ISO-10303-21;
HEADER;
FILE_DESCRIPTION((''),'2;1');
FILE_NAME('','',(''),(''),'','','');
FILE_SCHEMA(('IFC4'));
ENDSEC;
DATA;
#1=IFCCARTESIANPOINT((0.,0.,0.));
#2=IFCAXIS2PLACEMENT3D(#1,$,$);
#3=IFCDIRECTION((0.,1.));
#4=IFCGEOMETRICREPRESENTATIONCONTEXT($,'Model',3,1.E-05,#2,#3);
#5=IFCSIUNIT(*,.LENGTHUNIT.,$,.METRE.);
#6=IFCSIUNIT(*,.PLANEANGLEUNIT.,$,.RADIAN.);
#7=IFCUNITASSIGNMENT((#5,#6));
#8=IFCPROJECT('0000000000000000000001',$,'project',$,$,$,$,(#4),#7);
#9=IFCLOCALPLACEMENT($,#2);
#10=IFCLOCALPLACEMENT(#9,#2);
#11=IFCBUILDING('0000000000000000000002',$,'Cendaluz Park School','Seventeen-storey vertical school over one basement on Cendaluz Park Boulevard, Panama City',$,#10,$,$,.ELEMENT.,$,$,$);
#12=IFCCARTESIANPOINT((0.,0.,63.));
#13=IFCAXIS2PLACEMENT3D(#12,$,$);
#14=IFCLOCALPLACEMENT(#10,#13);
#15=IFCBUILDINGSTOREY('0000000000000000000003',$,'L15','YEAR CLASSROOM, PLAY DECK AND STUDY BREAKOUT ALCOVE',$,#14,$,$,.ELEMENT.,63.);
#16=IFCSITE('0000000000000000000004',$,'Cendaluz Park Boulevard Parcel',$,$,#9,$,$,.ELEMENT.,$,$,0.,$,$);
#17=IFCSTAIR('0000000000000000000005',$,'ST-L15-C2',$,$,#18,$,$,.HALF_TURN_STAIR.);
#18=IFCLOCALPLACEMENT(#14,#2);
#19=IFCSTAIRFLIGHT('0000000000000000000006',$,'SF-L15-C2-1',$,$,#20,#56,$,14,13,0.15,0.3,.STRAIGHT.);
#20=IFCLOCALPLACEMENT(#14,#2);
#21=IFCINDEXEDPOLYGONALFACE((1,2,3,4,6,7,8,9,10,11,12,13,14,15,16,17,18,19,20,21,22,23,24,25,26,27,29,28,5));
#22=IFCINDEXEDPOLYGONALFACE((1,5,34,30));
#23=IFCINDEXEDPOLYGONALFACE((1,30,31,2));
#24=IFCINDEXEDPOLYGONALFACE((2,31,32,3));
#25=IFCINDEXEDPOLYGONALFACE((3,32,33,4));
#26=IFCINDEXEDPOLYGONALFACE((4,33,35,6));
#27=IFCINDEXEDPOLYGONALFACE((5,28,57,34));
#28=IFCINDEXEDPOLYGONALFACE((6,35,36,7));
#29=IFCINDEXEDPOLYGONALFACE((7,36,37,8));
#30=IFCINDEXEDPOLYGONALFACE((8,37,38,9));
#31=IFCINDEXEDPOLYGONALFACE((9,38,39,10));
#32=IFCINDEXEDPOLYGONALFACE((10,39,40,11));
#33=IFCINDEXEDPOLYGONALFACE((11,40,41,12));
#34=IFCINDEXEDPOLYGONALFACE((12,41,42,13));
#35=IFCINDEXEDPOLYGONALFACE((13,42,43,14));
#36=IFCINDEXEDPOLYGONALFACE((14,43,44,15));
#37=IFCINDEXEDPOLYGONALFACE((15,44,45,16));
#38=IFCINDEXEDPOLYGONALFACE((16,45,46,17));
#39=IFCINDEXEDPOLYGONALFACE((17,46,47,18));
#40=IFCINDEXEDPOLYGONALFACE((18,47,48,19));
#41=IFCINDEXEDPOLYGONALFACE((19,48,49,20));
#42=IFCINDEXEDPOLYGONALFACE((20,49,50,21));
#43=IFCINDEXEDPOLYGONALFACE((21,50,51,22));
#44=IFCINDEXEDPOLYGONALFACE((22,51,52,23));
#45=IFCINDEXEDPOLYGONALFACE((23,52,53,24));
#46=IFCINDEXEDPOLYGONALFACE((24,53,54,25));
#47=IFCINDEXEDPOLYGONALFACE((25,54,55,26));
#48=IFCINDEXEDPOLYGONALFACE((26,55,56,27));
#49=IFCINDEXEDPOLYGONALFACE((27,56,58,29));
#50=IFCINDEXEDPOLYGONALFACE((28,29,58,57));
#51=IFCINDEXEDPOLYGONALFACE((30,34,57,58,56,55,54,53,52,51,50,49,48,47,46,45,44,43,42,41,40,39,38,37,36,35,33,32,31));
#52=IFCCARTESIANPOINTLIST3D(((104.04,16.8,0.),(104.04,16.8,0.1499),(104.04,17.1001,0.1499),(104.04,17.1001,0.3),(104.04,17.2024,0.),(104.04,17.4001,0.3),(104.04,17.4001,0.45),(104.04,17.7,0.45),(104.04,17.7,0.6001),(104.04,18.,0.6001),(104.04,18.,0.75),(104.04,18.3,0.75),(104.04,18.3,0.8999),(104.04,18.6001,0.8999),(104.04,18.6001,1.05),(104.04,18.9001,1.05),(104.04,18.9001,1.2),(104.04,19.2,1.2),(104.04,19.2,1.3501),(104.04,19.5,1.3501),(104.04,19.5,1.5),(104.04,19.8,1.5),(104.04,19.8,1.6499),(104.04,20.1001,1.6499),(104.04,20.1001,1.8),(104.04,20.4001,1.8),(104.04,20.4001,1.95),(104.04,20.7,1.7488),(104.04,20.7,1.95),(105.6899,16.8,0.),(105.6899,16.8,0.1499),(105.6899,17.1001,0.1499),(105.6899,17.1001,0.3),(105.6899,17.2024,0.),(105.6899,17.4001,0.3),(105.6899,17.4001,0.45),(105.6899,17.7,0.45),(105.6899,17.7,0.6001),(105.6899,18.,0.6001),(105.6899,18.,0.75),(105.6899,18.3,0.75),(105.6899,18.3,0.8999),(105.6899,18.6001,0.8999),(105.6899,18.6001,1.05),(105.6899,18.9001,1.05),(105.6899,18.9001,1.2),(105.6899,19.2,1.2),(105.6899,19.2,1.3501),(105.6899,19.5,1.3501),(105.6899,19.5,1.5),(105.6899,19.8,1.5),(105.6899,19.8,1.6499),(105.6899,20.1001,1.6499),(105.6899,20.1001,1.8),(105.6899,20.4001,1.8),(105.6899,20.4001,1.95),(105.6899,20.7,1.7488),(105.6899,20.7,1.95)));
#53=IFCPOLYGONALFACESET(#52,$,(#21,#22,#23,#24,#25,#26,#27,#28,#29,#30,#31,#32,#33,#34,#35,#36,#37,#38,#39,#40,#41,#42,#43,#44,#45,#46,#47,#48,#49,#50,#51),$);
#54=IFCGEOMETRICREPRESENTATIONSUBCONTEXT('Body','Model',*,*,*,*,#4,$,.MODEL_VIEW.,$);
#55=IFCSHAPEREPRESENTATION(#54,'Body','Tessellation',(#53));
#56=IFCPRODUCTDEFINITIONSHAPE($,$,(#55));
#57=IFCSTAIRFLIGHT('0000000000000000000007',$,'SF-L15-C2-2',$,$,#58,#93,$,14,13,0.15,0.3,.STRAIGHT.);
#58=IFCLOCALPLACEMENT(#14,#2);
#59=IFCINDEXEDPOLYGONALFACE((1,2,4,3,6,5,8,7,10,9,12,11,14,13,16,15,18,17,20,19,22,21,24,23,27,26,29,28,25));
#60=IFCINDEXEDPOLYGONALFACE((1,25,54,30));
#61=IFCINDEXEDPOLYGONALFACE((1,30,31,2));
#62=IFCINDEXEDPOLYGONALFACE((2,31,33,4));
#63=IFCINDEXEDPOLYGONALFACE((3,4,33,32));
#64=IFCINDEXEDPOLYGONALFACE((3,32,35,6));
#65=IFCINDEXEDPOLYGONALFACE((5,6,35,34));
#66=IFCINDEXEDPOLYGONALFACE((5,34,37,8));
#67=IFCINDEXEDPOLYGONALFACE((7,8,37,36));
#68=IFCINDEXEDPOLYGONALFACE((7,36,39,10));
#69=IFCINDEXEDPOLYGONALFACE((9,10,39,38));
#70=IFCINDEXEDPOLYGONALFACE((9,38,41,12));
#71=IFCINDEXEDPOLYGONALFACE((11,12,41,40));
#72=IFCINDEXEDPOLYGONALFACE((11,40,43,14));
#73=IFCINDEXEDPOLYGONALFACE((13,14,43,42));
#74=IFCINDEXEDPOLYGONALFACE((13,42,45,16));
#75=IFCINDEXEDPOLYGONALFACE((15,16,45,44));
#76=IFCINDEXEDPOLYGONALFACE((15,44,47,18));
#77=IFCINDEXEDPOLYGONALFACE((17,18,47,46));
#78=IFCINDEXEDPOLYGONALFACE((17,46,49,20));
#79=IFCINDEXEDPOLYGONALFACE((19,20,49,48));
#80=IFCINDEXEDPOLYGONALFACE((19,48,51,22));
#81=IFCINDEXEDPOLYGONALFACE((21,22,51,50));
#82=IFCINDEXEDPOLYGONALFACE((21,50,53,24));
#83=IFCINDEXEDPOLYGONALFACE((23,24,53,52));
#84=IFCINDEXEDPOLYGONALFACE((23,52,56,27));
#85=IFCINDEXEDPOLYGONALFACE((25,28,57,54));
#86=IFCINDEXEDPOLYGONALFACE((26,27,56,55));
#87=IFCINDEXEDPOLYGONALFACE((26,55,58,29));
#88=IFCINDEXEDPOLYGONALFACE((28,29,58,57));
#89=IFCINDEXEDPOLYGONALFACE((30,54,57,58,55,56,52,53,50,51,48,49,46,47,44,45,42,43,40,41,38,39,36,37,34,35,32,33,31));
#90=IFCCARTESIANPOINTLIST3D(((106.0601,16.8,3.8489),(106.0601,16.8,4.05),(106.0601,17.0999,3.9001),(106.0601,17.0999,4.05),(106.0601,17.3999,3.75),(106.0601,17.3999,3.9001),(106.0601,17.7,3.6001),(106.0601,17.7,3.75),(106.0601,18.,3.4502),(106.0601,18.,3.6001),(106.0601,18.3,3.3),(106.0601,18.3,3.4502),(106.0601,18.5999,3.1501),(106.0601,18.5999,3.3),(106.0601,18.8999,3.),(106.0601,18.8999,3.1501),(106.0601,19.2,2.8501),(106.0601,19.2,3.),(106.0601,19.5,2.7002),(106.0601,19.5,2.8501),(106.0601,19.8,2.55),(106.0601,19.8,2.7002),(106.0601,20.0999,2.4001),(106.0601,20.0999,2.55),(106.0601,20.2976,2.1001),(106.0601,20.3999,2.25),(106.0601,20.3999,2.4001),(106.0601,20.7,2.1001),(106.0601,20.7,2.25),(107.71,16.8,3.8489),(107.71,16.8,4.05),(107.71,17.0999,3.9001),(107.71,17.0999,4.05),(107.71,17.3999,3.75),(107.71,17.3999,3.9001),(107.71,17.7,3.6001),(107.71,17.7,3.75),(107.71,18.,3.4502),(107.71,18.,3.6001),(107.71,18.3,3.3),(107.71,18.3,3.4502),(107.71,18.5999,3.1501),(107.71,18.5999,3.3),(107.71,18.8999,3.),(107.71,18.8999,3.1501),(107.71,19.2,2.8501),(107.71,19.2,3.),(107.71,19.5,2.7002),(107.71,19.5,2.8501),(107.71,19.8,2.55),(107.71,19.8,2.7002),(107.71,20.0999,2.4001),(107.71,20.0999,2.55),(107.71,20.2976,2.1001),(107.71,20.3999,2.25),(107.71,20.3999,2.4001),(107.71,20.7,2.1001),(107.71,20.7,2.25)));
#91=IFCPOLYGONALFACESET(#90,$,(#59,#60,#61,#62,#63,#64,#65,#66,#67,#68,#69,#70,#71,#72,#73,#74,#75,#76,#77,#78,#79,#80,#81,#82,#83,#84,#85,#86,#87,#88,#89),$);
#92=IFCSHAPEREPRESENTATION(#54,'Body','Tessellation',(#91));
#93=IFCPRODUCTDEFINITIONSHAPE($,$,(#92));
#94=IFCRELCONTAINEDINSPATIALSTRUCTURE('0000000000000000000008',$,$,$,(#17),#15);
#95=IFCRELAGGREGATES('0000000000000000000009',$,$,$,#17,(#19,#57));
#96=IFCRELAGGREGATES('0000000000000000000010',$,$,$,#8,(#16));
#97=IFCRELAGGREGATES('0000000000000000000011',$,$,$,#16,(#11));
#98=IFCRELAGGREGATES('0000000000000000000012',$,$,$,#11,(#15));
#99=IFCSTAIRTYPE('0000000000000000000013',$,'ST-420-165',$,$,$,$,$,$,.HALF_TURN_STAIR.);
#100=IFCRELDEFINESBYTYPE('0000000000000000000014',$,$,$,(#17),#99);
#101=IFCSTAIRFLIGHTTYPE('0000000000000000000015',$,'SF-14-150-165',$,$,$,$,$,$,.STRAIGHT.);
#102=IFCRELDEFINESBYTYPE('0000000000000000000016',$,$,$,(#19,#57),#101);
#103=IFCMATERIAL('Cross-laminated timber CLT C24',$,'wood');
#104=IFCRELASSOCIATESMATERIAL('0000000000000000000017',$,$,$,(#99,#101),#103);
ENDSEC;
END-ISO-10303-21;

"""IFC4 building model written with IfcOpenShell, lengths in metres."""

from ifc_helpers import new_model, si_unit, direction, frame, origin, place, context, subcontext, project, spatial, polyline, outline, extrude, material, type_object, element, aggregate, save


model = new_model("IFC4")

# Units and contexts
model_context = context("Model", 3, precision=1e-05, world=origin(), true_north=direction((0.0, 1.0)))
body_context = subcontext(model_context, "Body", "Model", "MODEL_VIEW")
ifc_project = project(units=[si_unit("LENGTHUNIT", "METRE"), si_unit("PLANEANGLEUNIT", "RADIAN")], contexts=[model_context])

# Site, building, storey
site_placement = place(None, origin())
site = spatial("IfcSite", under=ifc_project, at=site_placement, Name="Cendaluz Park Boulevard Parcel", CompositionType="ELEMENT", RefElevation=0.0)
building_placement = place(site_placement, origin())
building = spatial("IfcBuilding", under=site, at=building_placement, Name="Cendaluz Park School", Description="Seventeen-storey vertical school over one basement on Cendaluz Park Boulevard, Panama City", CompositionType="ELEMENT")
storey_placement = place(building_placement, frame((0.0, 0.0, 63.0)))
storey = spatial("IfcBuildingStorey", under=building, at=storey_placement, Name="L15", Description="YEAR CLASSROOM, PLAY DECK AND STUDY BREAKOUT ALCOVE", CompositionType="ELEMENT", Elevation=63.0)

# Stair, stair flights
ifc_material_1 = material(Name="Cross-laminated timber CLT C24", Category="wood")
stair_type = type_object("IfcStairType", Name="ST-420-165", PredefinedType="HALF_TURN_STAIR", material=ifc_material_1)
stair_placement = place(storey_placement, origin())
stair = element("IfcStair", 1, at=stair_placement, inside=storey, type_object=stair_type, Name="ST-L15-C2", PredefinedType="HALF_TURN_STAIR")
stair_flight_type = type_object("IfcStairFlightType", Name="SF-14-150-165", PredefinedType="STRAIGHT", material=ifc_material_1)
stair_flight_1_placement = place(storey_placement, frame((104.865, 16.8, 0.0), z_axis=(0.0, 0.0, 1.0), x_axis=(0.0, 1.0, 0.0)))
stair_flight_1 = element("IfcStairFlight", 2, at=stair_flight_1_placement, type_object=stair_flight_type, Name="SF-L15-C2-1", NumberOfRisers=14, NumberOfTreads=13, PredefinedType="STRAIGHT", RiserHeight=0.15, TreadLength=0.3, context=body_context, shape_type="SweptSolid", body=[
    extrude(outline(polyline([(0.0, 0.0), (0.0, 0.1499), (0.3, 0.1499), (0.3, 0.3), (0.6001, 0.3), (0.6001, 0.45), (0.8999, 0.45), (0.8999, 0.6001), (1.2, 0.6001), (1.2, 0.75), (1.5, 0.75), (1.5, 0.8999), (1.8, 0.8999), (1.8, 1.05), (2.1001, 1.05), (2.1001, 1.2), (2.3999, 1.2), (2.3999, 1.3501), (2.7, 1.3501), (2.7, 1.5), (3.0, 1.5), (3.0, 1.6499), (3.3, 1.6499), (3.3, 1.8), (3.6001, 1.8), (3.6001, 1.95), (3.8999, 1.95), (3.8999, 2.1001), (3.8999, 1.7488), (0.4023, 0.0), (0.0, 0.0)])), frame((0.0, 0.825, 0.0), z_axis=(0.0, -1.0, 0.0), x_axis=(1.0, 0.0, 0.0)), (0.0, 0.0, 1.0), 1.6499),
])
stair_flight_2_placement = place(storey_placement, frame((106.885, 20.7, 2.1001), z_axis=(0.0, 0.0, 1.0), x_axis=(0.0, -1.0, 0.0)))
stair_flight_2 = element("IfcStairFlight", 3, at=stair_flight_2_placement, type_object=stair_flight_type, Name="SF-L15-C2-2", NumberOfRisers=14, NumberOfTreads=13, PredefinedType="STRAIGHT", RiserHeight=0.15, TreadLength=0.3, context=body_context, shape_type="SweptSolid", body=[
    extrude(outline(polyline([(0.0, 0.0), (0.0, 0.1499), (0.3, 0.1499), (0.3, 0.3), (0.6001, 0.3), (0.6001, 0.45), (0.8999, 0.45), (0.8999, 0.6001), (1.2, 0.6001), (1.2, 0.75), (1.5, 0.75), (1.5, 0.8999), (1.8, 0.8999), (1.8, 1.05), (2.1001, 1.05), (2.1001, 1.2), (2.3999, 1.2), (2.3999, 1.3501), (2.7, 1.3501), (2.7, 1.5), (3.0, 1.5), (3.0, 1.6499), (3.3, 1.6499), (3.3, 1.8), (3.6001, 1.8), (3.6001, 1.95), (3.8999, 1.95), (3.8999, 2.1001), (3.8999, 1.7488), (0.4023, 0.0), (0.0, 0.0)])), frame((0.0, 0.825, 0.0), z_axis=(0.0, -1.0, 0.0), x_axis=(1.0, 0.0, 0.0)), (0.0, 0.0, 1.0), 1.6499),
])
aggregate(stair, [stair_flight_1, stair_flight_2])

save(model, "model.ifc")
